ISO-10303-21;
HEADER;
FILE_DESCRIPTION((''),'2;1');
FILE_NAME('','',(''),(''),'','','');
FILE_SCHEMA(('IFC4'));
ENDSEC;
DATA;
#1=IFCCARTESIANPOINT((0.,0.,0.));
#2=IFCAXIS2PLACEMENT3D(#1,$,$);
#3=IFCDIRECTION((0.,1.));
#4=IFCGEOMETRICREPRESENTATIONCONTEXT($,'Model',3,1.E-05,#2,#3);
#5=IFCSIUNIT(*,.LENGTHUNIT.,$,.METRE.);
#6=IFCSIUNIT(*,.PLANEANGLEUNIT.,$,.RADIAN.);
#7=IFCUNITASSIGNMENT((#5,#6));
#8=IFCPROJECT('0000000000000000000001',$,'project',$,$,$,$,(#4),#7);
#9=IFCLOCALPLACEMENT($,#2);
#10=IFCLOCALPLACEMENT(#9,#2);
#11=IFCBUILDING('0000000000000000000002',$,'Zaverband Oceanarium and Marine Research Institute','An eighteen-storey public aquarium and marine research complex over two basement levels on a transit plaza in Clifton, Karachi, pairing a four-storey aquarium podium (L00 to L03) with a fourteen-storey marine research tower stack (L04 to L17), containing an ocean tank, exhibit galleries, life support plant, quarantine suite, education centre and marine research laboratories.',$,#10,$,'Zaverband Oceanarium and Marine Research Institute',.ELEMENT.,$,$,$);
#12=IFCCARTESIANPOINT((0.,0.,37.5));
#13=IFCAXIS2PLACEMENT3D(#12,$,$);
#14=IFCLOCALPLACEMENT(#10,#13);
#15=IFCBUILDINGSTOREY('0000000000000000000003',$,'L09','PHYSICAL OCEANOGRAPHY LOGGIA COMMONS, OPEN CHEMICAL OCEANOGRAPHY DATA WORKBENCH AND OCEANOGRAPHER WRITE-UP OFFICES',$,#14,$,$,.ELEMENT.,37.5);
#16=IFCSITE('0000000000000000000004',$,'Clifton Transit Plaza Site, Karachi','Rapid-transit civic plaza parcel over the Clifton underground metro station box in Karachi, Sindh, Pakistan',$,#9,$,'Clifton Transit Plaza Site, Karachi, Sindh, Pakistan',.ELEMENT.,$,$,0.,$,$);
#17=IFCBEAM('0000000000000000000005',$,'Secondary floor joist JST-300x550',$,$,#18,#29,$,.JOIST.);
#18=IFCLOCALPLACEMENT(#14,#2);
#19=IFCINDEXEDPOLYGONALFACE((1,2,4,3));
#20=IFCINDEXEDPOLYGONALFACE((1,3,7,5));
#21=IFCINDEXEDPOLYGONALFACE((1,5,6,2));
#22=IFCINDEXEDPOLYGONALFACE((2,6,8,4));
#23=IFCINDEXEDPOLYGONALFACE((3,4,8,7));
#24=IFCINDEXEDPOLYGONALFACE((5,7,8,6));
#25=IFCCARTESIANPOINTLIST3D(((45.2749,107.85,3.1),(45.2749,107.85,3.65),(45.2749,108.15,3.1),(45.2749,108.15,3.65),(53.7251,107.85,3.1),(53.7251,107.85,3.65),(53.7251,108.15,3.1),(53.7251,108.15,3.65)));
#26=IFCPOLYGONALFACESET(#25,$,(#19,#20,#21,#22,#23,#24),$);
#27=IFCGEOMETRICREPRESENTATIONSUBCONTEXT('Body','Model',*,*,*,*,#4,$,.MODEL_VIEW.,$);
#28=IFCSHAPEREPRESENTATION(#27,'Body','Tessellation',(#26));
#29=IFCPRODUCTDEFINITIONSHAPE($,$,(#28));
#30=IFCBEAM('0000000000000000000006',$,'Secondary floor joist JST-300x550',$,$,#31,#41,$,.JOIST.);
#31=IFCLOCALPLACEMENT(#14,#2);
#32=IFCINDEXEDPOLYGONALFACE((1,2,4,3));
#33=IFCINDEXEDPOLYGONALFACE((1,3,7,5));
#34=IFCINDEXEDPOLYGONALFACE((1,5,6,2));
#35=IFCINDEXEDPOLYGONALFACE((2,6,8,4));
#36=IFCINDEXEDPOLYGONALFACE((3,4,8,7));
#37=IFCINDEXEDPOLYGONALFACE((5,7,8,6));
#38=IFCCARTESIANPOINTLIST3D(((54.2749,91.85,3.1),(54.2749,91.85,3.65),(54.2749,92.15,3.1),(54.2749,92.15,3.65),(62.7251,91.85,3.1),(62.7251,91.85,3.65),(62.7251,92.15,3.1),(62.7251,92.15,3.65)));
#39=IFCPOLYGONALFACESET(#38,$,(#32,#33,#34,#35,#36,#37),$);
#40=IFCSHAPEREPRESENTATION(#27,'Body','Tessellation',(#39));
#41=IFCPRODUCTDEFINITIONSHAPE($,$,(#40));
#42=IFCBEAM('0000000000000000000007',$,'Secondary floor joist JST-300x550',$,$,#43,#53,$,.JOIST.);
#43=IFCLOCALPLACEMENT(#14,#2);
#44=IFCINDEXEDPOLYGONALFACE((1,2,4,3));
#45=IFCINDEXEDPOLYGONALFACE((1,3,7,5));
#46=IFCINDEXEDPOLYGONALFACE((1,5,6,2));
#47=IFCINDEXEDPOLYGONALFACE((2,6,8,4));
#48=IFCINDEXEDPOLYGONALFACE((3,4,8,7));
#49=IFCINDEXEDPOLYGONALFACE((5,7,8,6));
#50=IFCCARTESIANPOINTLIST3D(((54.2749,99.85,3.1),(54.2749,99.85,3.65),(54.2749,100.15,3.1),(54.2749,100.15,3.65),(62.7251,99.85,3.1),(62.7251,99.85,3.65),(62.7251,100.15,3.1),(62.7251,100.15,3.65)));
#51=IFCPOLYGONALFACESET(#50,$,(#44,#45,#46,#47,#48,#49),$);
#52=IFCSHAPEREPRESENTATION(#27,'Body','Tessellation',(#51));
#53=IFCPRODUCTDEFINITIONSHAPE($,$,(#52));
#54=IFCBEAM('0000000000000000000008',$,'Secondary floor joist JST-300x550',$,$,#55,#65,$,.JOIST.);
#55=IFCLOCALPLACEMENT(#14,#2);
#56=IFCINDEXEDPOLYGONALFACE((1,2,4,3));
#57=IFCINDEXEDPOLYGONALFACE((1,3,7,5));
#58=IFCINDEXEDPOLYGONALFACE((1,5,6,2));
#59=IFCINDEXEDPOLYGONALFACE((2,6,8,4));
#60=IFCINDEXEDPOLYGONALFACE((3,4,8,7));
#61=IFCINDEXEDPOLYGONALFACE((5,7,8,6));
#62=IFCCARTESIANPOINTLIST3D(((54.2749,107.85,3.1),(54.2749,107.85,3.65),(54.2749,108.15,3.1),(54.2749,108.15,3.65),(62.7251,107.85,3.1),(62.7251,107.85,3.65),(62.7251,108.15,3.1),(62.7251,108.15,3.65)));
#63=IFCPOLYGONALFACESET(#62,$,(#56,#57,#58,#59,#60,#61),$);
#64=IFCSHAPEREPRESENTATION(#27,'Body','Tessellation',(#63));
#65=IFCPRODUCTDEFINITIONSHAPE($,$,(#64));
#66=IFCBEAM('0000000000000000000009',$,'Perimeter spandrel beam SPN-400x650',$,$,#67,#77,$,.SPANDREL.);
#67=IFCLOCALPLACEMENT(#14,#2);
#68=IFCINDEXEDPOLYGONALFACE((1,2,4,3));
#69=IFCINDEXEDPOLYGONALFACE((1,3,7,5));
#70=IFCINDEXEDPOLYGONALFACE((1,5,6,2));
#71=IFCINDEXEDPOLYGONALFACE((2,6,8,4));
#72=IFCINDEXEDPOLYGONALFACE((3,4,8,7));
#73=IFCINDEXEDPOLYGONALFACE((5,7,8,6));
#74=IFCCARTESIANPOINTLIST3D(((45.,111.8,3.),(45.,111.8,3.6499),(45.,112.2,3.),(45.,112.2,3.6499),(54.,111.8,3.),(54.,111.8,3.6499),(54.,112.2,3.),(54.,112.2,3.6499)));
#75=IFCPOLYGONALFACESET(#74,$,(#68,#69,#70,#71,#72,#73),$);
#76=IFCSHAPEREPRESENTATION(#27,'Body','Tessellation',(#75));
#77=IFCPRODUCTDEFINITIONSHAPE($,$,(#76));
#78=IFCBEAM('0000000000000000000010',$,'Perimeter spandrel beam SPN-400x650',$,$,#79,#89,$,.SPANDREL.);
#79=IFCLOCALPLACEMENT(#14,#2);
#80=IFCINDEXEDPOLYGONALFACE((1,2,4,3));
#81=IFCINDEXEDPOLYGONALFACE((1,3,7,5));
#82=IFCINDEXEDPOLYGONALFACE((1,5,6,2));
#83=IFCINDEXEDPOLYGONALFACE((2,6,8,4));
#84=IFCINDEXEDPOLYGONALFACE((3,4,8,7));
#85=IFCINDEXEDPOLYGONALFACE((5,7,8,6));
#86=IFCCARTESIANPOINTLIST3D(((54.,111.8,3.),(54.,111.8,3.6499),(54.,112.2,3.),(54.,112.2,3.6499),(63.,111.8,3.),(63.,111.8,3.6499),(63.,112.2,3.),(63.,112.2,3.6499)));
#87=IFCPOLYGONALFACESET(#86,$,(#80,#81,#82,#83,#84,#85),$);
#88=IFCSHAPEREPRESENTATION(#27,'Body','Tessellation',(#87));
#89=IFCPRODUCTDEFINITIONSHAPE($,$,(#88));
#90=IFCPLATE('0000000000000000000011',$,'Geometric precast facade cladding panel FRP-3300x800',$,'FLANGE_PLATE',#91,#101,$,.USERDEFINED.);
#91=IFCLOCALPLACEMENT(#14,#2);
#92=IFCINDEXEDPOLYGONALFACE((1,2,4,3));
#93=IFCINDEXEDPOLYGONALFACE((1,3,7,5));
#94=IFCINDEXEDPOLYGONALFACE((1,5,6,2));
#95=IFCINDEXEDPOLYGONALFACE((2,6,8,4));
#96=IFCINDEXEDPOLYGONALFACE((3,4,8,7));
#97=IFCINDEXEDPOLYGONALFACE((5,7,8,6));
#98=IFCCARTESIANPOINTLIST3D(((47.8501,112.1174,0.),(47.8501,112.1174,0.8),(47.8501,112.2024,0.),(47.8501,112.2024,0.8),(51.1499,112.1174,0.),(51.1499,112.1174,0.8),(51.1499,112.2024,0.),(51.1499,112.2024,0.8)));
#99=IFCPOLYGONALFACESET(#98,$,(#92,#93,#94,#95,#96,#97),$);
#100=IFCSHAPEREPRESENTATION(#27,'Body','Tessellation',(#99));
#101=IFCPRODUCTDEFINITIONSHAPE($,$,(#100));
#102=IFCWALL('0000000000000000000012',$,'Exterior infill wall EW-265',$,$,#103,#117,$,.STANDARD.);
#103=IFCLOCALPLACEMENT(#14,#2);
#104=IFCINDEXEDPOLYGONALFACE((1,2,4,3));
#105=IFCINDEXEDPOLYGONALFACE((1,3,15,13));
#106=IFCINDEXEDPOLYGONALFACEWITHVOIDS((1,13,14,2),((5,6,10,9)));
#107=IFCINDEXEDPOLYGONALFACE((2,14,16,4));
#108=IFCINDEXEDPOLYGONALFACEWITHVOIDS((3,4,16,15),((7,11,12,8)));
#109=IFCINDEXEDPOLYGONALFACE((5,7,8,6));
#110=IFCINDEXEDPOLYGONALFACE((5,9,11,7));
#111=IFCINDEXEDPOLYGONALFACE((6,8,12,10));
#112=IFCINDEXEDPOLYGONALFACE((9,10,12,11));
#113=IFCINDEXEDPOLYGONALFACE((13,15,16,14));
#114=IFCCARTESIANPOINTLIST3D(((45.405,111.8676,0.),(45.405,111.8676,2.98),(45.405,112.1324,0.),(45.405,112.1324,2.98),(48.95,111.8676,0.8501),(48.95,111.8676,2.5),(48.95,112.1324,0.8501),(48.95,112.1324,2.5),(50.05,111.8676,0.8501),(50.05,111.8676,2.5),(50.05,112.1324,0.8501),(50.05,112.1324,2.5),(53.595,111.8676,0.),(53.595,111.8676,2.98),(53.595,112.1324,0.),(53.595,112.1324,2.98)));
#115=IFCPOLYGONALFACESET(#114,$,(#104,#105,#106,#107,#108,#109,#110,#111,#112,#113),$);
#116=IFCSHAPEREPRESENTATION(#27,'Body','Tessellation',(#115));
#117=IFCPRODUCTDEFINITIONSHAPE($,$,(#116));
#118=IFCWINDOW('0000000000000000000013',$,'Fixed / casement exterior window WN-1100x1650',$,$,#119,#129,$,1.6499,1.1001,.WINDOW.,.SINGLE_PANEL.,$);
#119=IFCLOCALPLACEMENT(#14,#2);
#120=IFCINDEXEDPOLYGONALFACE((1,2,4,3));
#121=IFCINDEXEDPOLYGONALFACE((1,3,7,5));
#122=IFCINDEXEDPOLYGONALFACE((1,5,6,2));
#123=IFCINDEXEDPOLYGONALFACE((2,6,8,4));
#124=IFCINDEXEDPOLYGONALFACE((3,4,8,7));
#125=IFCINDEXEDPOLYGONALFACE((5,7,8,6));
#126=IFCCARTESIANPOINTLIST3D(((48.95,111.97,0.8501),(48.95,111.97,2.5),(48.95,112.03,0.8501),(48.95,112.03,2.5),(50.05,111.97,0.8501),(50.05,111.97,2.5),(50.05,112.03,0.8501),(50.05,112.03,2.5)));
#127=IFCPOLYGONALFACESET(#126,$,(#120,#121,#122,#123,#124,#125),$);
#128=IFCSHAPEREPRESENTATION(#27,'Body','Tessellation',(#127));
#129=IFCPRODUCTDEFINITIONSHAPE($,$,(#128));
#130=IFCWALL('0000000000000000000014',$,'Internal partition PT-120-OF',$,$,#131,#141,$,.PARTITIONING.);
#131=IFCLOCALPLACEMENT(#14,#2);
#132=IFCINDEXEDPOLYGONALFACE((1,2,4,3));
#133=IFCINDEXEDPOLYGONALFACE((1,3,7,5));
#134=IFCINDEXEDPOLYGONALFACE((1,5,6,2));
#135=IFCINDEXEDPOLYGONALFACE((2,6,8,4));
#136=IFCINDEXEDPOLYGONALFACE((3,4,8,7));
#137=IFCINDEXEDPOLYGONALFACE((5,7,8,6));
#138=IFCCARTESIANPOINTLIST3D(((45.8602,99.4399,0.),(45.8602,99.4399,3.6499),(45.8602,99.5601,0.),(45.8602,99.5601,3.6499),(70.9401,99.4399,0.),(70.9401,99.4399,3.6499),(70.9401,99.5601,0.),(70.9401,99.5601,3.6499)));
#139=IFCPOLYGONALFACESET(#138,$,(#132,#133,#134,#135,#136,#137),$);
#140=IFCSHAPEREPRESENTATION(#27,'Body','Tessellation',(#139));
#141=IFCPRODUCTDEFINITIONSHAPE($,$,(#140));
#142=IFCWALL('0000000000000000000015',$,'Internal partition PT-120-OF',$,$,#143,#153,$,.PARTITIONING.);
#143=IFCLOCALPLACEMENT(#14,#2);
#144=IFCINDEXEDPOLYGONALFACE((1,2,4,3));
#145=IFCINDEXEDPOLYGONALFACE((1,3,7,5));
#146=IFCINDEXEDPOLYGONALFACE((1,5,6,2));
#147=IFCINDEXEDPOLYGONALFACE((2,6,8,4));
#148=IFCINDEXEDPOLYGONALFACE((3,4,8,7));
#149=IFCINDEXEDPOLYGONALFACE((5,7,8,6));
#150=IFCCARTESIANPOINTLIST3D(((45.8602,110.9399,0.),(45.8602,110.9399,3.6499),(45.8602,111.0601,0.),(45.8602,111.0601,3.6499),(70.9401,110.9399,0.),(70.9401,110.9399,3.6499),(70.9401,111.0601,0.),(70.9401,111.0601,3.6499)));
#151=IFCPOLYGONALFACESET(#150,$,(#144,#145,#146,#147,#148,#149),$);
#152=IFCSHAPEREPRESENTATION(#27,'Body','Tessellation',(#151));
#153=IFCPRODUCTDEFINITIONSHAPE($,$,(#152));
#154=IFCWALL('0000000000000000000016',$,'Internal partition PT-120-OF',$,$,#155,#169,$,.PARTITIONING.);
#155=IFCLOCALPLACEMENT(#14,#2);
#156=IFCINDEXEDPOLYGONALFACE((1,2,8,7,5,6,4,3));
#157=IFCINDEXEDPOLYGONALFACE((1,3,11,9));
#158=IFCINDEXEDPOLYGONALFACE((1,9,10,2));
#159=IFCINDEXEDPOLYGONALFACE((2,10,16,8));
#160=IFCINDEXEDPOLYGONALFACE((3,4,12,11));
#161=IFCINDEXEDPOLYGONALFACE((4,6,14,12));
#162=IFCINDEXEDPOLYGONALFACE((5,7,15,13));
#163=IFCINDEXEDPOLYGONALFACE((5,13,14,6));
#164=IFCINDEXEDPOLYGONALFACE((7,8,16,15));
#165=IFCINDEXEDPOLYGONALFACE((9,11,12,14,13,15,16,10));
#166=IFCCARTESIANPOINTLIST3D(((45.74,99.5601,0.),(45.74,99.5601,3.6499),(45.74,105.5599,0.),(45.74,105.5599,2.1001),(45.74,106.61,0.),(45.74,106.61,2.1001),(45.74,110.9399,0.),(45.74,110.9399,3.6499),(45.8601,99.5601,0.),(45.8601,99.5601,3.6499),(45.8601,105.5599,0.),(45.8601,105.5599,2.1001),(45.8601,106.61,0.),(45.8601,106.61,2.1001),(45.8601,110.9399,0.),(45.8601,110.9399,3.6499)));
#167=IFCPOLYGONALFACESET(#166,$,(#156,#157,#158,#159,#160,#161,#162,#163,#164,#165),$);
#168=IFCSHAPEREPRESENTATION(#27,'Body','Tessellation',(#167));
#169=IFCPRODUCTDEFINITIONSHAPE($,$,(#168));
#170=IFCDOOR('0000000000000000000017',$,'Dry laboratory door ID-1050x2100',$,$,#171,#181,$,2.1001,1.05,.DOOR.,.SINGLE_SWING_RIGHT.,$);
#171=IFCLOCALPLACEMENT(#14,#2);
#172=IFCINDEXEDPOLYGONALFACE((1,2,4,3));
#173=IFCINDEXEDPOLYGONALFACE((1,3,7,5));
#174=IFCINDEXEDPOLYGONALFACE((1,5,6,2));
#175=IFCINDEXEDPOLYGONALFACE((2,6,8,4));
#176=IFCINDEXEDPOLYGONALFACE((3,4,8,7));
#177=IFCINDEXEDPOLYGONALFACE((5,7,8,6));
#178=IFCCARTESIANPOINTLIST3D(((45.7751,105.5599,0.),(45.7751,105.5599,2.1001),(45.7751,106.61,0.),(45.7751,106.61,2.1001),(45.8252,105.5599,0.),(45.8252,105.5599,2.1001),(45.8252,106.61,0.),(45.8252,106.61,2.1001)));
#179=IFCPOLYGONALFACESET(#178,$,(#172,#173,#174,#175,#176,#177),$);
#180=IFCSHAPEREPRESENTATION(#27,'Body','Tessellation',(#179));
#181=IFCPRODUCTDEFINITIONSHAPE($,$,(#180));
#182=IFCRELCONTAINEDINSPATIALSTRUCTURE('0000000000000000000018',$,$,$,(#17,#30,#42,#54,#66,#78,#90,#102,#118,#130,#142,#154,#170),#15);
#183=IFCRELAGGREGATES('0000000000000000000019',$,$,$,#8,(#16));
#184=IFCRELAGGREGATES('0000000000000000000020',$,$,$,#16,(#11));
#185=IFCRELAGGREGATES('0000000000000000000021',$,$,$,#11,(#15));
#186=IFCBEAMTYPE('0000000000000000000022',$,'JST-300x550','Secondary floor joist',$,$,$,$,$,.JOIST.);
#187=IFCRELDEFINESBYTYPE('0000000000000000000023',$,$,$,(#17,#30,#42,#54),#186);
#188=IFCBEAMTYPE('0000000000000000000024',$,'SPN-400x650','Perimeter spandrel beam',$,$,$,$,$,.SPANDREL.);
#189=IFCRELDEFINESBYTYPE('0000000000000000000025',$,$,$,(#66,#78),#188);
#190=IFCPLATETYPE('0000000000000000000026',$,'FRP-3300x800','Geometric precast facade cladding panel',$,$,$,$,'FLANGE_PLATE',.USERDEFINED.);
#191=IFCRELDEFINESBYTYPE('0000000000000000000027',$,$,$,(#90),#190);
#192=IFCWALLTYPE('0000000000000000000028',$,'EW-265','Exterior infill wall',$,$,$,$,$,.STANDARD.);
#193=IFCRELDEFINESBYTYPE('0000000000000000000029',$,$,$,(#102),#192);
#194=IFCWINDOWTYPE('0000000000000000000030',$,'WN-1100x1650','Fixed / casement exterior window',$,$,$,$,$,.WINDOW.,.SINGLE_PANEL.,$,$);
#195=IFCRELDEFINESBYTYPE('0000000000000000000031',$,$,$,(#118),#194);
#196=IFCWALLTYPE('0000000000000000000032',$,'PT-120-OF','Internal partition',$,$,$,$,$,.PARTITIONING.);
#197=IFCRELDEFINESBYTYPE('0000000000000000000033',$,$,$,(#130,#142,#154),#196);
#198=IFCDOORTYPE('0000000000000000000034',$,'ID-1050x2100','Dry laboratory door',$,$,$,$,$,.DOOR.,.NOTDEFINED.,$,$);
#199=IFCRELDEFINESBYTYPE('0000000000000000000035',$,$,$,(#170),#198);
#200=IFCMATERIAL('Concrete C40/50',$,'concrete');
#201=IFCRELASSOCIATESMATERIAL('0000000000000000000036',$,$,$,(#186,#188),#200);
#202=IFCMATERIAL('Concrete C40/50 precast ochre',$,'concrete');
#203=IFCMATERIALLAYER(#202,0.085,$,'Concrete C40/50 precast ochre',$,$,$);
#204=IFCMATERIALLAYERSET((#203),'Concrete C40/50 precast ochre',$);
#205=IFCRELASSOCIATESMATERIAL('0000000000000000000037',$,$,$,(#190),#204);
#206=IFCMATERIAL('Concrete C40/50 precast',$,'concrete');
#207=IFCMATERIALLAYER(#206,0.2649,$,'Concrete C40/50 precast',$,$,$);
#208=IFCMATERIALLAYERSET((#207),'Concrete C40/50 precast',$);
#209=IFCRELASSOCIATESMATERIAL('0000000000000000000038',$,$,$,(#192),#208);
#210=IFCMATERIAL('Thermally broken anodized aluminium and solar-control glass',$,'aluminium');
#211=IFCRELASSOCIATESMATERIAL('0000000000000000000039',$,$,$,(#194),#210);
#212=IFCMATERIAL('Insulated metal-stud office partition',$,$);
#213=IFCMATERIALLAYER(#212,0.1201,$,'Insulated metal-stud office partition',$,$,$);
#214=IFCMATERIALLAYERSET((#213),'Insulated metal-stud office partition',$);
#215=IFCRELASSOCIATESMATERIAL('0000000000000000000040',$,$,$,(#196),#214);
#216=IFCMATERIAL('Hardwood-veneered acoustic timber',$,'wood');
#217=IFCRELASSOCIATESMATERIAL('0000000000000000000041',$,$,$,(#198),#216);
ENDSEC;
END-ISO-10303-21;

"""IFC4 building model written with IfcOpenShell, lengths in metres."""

from ifc_helpers import new_model, si_unit, direction, frame, frame_2d, origin, origin_2d, place, context, subcontext, project, spatial, rectangle, extrude, material, layer, layer_set, material_profile, profile_set, type_object, element, fill, save


model = new_model("IFC4")

# Units and contexts
model_context = context("Model", 3, precision=1e-05, world=origin(), true_north=direction((0.0, 1.0)))
body_context = subcontext(model_context, "Body", "Model", "MODEL_VIEW")
ifc_project = project(units=[si_unit("LENGTHUNIT", "METRE"), si_unit("PLANEANGLEUNIT", "RADIAN")], contexts=[model_context])

# Site, building, storey
site_placement = place(None, origin())
site = spatial("IfcSite", under=ifc_project, at=site_placement, Name="Clifton Transit Plaza Site, Karachi", Description="Rapid-transit civic plaza parcel over the Clifton underground metro station box in Karachi, Sindh, Pakistan", LongName="Clifton Transit Plaza Site, Karachi, Sindh, Pakistan", CompositionType="ELEMENT", RefElevation=0.0)
building_placement = place(site_placement, origin())
building = spatial("IfcBuilding", under=site, at=building_placement, Name="Zaverband Oceanarium and Marine Research Institute", Description="An eighteen-storey public aquarium and marine research complex over two basement levels on a transit plaza in Clifton, Karachi, pairing a four-storey aquarium podium (L00 to L03) with a fourteen-storey marine research tower stack (L04 to L17), containing an ocean tank, exhibit galleries, life support plant, quarantine suite, education centre and marine research laboratories.", LongName="Zaverband Oceanarium and Marine Research Institute", CompositionType="ELEMENT")
storey_placement = place(building_placement, frame((0.0, 0.0, 37.5)))
storey = spatial("IfcBuildingStorey", under=building, at=storey_placement, Name="L09", Description="PHYSICAL OCEANOGRAPHY LOGGIA COMMONS, OPEN CHEMICAL OCEANOGRAPHY DATA WORKBENCH AND OCEANOGRAPHER WRITE-UP OFFICES", CompositionType="ELEMENT", Elevation=37.5)

# Shared definitions
ifc_material_1 = material(Name="Concrete C40/50", Category="concrete")

# Beams
ifc_material_profile_1 = material_profile(ifc_material_1, rectangle(XDim=0.3, YDim=0.55, at=origin_2d()), Name="RC300x550")
ifc_profile_set_1 = profile_set([ifc_material_profile_1], Name="Concrete C40/50")
beam_type_1 = type_object("IfcBeamType", Name="JST-300x550", Description="Secondary floor joist", PredefinedType="JOIST", material=ifc_profile_set_1)
for number, where, z_axis, x_axis, name in (
    (1, (45.2749, 108.0, 3.375), (1.0, 0.0, 0.0), (0.0, 1.0, 0.0), "Secondary floor joist JST-300x550"),
    (2, (54.2749, 92.0, 3.375), (1.0, 0.0, 0.0), (0.0, 1.0, 0.0), "Secondary floor joist JST-300x550"),
    (3, (54.2749, 100.0, 3.375), (1.0, 0.0, 0.0), (0.0, 1.0, 0.0), "Secondary floor joist JST-300x550"),
    (4, (54.2749, 108.0, 3.375), (1.0, 0.0, 0.0), (0.0, 1.0, 0.0), "Secondary floor joist JST-300x550"),
):
    element("IfcBeam", number, at=place(storey_placement, frame(where, z_axis=z_axis, x_axis=x_axis)), inside=storey, type_object=beam_type_1, Name=name, PredefinedType="JOIST", context=body_context, shape_type="SweptSolid", body=[
        extrude(rectangle(XDim=0.3, YDim=0.55, at=origin_2d()), origin(), (0.0, 0.0, 1.0), 8.4502),
    ])
ifc_material_profile_2 = material_profile(ifc_material_1, rectangle(XDim=0.3999, YDim=0.6499, at=origin_2d()), Name="RC400x650")
ifc_profile_set_2 = profile_set([ifc_material_profile_2], Name="Concrete C40/50")
beam_type_2 = type_object("IfcBeamType", Name="SPN-400x650", Description="Perimeter spandrel beam", PredefinedType="SPANDREL", material=ifc_profile_set_2)
for number, where, z_axis, x_axis, name in (
    (5, (45.0, 112.0, 3.325), (1.0, 0.0, 0.0), (0.0, 1.0, 0.0), "Perimeter spandrel beam SPN-400x650"),
    (6, (54.0, 112.0, 3.325), (1.0, 0.0, 0.0), (0.0, 1.0, 0.0), "Perimeter spandrel beam SPN-400x650"),
):
    element("IfcBeam", number, at=place(storey_placement, frame(where, z_axis=z_axis, x_axis=x_axis)), inside=storey, type_object=beam_type_2, Name=name, PredefinedType="SPANDREL", context=body_context, shape_type="SweptSolid", body=[
        extrude(rectangle(XDim=0.3999, YDim=0.6499, at=origin_2d()), origin(), (0.0, 0.0, 1.0), 9.0),
    ])

# Plate
ifc_material_2 = material(Name="Concrete C40/50 precast ochre", Category="concrete")
ifc_layer_1 = layer(ifc_material_2, 0.085, Name="Concrete C40/50 precast ochre")
ifc_layer_set_1 = layer_set([ifc_layer_1], Name="Concrete C40/50 precast ochre")
plate_type = type_object("IfcPlateType", Name="FRP-3300x800", Description="Geometric precast facade cladding panel", ElementType="FLANGE_PLATE", PredefinedType="USERDEFINED", material=ifc_layer_set_1)
plate_placement = place(storey_placement, frame((47.8501, 112.1599, 0.0), z_axis=(0.0, 0.0, 1.0), x_axis=(1.0, 0.0, 0.0)))
element("IfcPlate", 7, at=plate_placement, inside=storey, type_object=plate_type, Name="Geometric precast facade cladding panel FRP-3300x800", ObjectType="FLANGE_PLATE", PredefinedType="USERDEFINED", context=body_context, shape_type="SweptSolid", body=[
    extrude(rectangle(XDim=3.2998, YDim=0.085, at=frame_2d((1.6499, 0.0))), origin(), (0.0, 0.0, 1.0), 0.8),
])

# Wall, opening, window
ifc_material_3 = material(Name="Concrete C40/50 precast", Category="concrete")
ifc_layer_2 = layer(ifc_material_3, 0.2649, Name="Concrete C40/50 precast")
ifc_layer_set_2 = layer_set([ifc_layer_2], Name="Concrete C40/50 precast")
wall_type_1 = type_object("IfcWallType", Name="EW-265", Description="Exterior infill wall", PredefinedType="STANDARD", material=ifc_layer_set_2)
wall_1_placement = place(storey_placement, frame((45.405, 112.0, 0.0), z_axis=(0.0, 0.0, 1.0), x_axis=(1.0, 0.0, 0.0)))
wall_1 = element("IfcWall", 8, at=wall_1_placement, inside=storey, type_object=wall_type_1, Name="Exterior infill wall EW-265", PredefinedType="STANDARD", context=body_context, shape_type="SweptSolid", body=[
    extrude(rectangle(XDim=8.1899, YDim=0.2649, at=frame_2d((4.095, 0.0))), origin(), (0.0, 0.0, 1.0), 2.98),
])
opening_1_placement = place(wall_1_placement, frame((3.5449, 0.0, 0.8501)))
opening_1 = element("IfcOpeningElement", 9, at=opening_1_placement, cuts=wall_1, PredefinedType="OPENING", context=body_context, shape_type="SweptSolid", body=[
    extrude(rectangle(XDim=1.1001, YDim=1.6499, at=frame_2d((0.55, 0.825))), frame((0.0, 0.1445, 0.0), z_axis=(0.0, -1.0, 0.0), x_axis=(1.0, 0.0, 0.0)), (0.0, 0.0, 1.0), 0.2888),
])
ifc_material_4 = material(Name="Thermally broken anodized aluminium and solar-control glass", Category="aluminium")
window_type = type_object("IfcWindowType", Name="WN-1100x1650", Description="Fixed / casement exterior window", PartitioningType="SINGLE_PANEL", PredefinedType="WINDOW", material=ifc_material_4)
window_placement = place(opening_1_placement, origin())
window = element("IfcWindow", 10, at=window_placement, inside=storey, type_object=window_type, Name="Fixed / casement exterior window WN-1100x1650", OverallHeight=1.6499, OverallWidth=1.1001, PartitioningType="SINGLE_PANEL", PredefinedType="WINDOW", context=body_context, shape_type="SweptSolid", body=[
    extrude(rectangle(XDim=1.1001, YDim=1.6499, at=frame_2d((0.55, 0.825))), frame((0.0, 0.03, 0.0), z_axis=(0.0, -1.0, 0.0), x_axis=(1.0, 0.0, 0.0)), (0.0, 0.0, 1.0), 0.0601),
])
fill(opening_1, window)

# Walls
ifc_material_5 = material(Name="Insulated metal-stud office partition")
ifc_layer_3 = layer(ifc_material_5, 0.1201, Name="Insulated metal-stud office partition")
ifc_layer_set_3 = layer_set([ifc_layer_3], Name="Insulated metal-stud office partition")
wall_type_2 = type_object("IfcWallType", Name="PT-120-OF", Description="Internal partition", PredefinedType="PARTITIONING", material=ifc_layer_set_3)
for number, where, z_axis, x_axis, name in (
    (11, (45.8601, 99.5, 0.0), (0.0, 0.0, 1.0), (1.0, 0.0, 0.0), "Internal partition PT-120-OF"),
    (12, (45.8601, 111.0, 0.0), (0.0, 0.0, 1.0), (1.0, 0.0, 0.0), "Internal partition PT-120-OF"),
):
    element("IfcWall", number, at=place(storey_placement, frame(where, z_axis=z_axis, x_axis=x_axis)), inside=storey, type_object=wall_type_2, Name=name, PredefinedType="PARTITIONING", context=body_context, shape_type="SweptSolid", body=[
        extrude(rectangle(XDim=25.0798, YDim=0.1201, at=frame_2d((12.54, 0.0))), origin(), (0.0, 0.0, 1.0), 3.6499),
    ])

# Wall, opening, door
wall_2_placement = place(storey_placement, frame((45.8, 99.5601, 0.0), z_axis=(0.0, 0.0, 1.0), x_axis=(0.0, 1.0, 0.0)))
wall_2 = element("IfcWall", 13, at=wall_2_placement, inside=storey, type_object=wall_type_2, Name="Internal partition PT-120-OF", PredefinedType="PARTITIONING", context=body_context, shape_type="SweptSolid", body=[
    extrude(rectangle(XDim=11.3799, YDim=0.1201, at=frame_2d((5.6899, 0.0))), origin(), (0.0, 0.0, 1.0), 3.6499),
])
opening_2_placement = place(wall_2_placement, frame((6.0, 0.0, 0.0)))
opening_2 = element("IfcOpeningElement", 14, at=opening_2_placement, cuts=wall_2, PredefinedType="OPENING", context=body_context, shape_type="SweptSolid", body=[
    extrude(rectangle(XDim=1.05, YDim=2.1001, at=frame_2d((0.5249, 1.05))), frame((0.0, 0.072, 0.0), z_axis=(0.0, -1.0, 0.0), x_axis=(1.0, 0.0, 0.0)), (0.0, 0.0, 1.0), 0.144),
])
ifc_material_6 = material(Name="Hardwood-veneered acoustic timber", Category="wood")
door_type_1 = type_object("IfcDoorType", Name="ID-1050x2100", Description="Dry laboratory door", OperationType="NOTDEFINED", PredefinedType="DOOR", material=ifc_material_6)
door_1_placement = place(opening_2_placement, origin())
door_1 = element("IfcDoor", 15, at=door_1_placement, inside=storey, type_object=door_type_1, Name="Dry laboratory door ID-1050x2100", OperationType="SINGLE_SWING_RIGHT", OverallHeight=2.1001, OverallWidth=1.05, PredefinedType="DOOR", context=body_context, shape_type="SweptSolid", body=[
    extrude(rectangle(XDim=1.05, YDim=2.1001, at=frame_2d((0.5249, 1.05))), frame((0.0, 0.0249, 0.0), z_axis=(0.0, -1.0, 0.0), x_axis=(1.0, 0.0, 0.0)), (0.0, 0.0, 1.0), 0.05),
])
fill(opening_2, door_1)

save(model, "model.ifc")
